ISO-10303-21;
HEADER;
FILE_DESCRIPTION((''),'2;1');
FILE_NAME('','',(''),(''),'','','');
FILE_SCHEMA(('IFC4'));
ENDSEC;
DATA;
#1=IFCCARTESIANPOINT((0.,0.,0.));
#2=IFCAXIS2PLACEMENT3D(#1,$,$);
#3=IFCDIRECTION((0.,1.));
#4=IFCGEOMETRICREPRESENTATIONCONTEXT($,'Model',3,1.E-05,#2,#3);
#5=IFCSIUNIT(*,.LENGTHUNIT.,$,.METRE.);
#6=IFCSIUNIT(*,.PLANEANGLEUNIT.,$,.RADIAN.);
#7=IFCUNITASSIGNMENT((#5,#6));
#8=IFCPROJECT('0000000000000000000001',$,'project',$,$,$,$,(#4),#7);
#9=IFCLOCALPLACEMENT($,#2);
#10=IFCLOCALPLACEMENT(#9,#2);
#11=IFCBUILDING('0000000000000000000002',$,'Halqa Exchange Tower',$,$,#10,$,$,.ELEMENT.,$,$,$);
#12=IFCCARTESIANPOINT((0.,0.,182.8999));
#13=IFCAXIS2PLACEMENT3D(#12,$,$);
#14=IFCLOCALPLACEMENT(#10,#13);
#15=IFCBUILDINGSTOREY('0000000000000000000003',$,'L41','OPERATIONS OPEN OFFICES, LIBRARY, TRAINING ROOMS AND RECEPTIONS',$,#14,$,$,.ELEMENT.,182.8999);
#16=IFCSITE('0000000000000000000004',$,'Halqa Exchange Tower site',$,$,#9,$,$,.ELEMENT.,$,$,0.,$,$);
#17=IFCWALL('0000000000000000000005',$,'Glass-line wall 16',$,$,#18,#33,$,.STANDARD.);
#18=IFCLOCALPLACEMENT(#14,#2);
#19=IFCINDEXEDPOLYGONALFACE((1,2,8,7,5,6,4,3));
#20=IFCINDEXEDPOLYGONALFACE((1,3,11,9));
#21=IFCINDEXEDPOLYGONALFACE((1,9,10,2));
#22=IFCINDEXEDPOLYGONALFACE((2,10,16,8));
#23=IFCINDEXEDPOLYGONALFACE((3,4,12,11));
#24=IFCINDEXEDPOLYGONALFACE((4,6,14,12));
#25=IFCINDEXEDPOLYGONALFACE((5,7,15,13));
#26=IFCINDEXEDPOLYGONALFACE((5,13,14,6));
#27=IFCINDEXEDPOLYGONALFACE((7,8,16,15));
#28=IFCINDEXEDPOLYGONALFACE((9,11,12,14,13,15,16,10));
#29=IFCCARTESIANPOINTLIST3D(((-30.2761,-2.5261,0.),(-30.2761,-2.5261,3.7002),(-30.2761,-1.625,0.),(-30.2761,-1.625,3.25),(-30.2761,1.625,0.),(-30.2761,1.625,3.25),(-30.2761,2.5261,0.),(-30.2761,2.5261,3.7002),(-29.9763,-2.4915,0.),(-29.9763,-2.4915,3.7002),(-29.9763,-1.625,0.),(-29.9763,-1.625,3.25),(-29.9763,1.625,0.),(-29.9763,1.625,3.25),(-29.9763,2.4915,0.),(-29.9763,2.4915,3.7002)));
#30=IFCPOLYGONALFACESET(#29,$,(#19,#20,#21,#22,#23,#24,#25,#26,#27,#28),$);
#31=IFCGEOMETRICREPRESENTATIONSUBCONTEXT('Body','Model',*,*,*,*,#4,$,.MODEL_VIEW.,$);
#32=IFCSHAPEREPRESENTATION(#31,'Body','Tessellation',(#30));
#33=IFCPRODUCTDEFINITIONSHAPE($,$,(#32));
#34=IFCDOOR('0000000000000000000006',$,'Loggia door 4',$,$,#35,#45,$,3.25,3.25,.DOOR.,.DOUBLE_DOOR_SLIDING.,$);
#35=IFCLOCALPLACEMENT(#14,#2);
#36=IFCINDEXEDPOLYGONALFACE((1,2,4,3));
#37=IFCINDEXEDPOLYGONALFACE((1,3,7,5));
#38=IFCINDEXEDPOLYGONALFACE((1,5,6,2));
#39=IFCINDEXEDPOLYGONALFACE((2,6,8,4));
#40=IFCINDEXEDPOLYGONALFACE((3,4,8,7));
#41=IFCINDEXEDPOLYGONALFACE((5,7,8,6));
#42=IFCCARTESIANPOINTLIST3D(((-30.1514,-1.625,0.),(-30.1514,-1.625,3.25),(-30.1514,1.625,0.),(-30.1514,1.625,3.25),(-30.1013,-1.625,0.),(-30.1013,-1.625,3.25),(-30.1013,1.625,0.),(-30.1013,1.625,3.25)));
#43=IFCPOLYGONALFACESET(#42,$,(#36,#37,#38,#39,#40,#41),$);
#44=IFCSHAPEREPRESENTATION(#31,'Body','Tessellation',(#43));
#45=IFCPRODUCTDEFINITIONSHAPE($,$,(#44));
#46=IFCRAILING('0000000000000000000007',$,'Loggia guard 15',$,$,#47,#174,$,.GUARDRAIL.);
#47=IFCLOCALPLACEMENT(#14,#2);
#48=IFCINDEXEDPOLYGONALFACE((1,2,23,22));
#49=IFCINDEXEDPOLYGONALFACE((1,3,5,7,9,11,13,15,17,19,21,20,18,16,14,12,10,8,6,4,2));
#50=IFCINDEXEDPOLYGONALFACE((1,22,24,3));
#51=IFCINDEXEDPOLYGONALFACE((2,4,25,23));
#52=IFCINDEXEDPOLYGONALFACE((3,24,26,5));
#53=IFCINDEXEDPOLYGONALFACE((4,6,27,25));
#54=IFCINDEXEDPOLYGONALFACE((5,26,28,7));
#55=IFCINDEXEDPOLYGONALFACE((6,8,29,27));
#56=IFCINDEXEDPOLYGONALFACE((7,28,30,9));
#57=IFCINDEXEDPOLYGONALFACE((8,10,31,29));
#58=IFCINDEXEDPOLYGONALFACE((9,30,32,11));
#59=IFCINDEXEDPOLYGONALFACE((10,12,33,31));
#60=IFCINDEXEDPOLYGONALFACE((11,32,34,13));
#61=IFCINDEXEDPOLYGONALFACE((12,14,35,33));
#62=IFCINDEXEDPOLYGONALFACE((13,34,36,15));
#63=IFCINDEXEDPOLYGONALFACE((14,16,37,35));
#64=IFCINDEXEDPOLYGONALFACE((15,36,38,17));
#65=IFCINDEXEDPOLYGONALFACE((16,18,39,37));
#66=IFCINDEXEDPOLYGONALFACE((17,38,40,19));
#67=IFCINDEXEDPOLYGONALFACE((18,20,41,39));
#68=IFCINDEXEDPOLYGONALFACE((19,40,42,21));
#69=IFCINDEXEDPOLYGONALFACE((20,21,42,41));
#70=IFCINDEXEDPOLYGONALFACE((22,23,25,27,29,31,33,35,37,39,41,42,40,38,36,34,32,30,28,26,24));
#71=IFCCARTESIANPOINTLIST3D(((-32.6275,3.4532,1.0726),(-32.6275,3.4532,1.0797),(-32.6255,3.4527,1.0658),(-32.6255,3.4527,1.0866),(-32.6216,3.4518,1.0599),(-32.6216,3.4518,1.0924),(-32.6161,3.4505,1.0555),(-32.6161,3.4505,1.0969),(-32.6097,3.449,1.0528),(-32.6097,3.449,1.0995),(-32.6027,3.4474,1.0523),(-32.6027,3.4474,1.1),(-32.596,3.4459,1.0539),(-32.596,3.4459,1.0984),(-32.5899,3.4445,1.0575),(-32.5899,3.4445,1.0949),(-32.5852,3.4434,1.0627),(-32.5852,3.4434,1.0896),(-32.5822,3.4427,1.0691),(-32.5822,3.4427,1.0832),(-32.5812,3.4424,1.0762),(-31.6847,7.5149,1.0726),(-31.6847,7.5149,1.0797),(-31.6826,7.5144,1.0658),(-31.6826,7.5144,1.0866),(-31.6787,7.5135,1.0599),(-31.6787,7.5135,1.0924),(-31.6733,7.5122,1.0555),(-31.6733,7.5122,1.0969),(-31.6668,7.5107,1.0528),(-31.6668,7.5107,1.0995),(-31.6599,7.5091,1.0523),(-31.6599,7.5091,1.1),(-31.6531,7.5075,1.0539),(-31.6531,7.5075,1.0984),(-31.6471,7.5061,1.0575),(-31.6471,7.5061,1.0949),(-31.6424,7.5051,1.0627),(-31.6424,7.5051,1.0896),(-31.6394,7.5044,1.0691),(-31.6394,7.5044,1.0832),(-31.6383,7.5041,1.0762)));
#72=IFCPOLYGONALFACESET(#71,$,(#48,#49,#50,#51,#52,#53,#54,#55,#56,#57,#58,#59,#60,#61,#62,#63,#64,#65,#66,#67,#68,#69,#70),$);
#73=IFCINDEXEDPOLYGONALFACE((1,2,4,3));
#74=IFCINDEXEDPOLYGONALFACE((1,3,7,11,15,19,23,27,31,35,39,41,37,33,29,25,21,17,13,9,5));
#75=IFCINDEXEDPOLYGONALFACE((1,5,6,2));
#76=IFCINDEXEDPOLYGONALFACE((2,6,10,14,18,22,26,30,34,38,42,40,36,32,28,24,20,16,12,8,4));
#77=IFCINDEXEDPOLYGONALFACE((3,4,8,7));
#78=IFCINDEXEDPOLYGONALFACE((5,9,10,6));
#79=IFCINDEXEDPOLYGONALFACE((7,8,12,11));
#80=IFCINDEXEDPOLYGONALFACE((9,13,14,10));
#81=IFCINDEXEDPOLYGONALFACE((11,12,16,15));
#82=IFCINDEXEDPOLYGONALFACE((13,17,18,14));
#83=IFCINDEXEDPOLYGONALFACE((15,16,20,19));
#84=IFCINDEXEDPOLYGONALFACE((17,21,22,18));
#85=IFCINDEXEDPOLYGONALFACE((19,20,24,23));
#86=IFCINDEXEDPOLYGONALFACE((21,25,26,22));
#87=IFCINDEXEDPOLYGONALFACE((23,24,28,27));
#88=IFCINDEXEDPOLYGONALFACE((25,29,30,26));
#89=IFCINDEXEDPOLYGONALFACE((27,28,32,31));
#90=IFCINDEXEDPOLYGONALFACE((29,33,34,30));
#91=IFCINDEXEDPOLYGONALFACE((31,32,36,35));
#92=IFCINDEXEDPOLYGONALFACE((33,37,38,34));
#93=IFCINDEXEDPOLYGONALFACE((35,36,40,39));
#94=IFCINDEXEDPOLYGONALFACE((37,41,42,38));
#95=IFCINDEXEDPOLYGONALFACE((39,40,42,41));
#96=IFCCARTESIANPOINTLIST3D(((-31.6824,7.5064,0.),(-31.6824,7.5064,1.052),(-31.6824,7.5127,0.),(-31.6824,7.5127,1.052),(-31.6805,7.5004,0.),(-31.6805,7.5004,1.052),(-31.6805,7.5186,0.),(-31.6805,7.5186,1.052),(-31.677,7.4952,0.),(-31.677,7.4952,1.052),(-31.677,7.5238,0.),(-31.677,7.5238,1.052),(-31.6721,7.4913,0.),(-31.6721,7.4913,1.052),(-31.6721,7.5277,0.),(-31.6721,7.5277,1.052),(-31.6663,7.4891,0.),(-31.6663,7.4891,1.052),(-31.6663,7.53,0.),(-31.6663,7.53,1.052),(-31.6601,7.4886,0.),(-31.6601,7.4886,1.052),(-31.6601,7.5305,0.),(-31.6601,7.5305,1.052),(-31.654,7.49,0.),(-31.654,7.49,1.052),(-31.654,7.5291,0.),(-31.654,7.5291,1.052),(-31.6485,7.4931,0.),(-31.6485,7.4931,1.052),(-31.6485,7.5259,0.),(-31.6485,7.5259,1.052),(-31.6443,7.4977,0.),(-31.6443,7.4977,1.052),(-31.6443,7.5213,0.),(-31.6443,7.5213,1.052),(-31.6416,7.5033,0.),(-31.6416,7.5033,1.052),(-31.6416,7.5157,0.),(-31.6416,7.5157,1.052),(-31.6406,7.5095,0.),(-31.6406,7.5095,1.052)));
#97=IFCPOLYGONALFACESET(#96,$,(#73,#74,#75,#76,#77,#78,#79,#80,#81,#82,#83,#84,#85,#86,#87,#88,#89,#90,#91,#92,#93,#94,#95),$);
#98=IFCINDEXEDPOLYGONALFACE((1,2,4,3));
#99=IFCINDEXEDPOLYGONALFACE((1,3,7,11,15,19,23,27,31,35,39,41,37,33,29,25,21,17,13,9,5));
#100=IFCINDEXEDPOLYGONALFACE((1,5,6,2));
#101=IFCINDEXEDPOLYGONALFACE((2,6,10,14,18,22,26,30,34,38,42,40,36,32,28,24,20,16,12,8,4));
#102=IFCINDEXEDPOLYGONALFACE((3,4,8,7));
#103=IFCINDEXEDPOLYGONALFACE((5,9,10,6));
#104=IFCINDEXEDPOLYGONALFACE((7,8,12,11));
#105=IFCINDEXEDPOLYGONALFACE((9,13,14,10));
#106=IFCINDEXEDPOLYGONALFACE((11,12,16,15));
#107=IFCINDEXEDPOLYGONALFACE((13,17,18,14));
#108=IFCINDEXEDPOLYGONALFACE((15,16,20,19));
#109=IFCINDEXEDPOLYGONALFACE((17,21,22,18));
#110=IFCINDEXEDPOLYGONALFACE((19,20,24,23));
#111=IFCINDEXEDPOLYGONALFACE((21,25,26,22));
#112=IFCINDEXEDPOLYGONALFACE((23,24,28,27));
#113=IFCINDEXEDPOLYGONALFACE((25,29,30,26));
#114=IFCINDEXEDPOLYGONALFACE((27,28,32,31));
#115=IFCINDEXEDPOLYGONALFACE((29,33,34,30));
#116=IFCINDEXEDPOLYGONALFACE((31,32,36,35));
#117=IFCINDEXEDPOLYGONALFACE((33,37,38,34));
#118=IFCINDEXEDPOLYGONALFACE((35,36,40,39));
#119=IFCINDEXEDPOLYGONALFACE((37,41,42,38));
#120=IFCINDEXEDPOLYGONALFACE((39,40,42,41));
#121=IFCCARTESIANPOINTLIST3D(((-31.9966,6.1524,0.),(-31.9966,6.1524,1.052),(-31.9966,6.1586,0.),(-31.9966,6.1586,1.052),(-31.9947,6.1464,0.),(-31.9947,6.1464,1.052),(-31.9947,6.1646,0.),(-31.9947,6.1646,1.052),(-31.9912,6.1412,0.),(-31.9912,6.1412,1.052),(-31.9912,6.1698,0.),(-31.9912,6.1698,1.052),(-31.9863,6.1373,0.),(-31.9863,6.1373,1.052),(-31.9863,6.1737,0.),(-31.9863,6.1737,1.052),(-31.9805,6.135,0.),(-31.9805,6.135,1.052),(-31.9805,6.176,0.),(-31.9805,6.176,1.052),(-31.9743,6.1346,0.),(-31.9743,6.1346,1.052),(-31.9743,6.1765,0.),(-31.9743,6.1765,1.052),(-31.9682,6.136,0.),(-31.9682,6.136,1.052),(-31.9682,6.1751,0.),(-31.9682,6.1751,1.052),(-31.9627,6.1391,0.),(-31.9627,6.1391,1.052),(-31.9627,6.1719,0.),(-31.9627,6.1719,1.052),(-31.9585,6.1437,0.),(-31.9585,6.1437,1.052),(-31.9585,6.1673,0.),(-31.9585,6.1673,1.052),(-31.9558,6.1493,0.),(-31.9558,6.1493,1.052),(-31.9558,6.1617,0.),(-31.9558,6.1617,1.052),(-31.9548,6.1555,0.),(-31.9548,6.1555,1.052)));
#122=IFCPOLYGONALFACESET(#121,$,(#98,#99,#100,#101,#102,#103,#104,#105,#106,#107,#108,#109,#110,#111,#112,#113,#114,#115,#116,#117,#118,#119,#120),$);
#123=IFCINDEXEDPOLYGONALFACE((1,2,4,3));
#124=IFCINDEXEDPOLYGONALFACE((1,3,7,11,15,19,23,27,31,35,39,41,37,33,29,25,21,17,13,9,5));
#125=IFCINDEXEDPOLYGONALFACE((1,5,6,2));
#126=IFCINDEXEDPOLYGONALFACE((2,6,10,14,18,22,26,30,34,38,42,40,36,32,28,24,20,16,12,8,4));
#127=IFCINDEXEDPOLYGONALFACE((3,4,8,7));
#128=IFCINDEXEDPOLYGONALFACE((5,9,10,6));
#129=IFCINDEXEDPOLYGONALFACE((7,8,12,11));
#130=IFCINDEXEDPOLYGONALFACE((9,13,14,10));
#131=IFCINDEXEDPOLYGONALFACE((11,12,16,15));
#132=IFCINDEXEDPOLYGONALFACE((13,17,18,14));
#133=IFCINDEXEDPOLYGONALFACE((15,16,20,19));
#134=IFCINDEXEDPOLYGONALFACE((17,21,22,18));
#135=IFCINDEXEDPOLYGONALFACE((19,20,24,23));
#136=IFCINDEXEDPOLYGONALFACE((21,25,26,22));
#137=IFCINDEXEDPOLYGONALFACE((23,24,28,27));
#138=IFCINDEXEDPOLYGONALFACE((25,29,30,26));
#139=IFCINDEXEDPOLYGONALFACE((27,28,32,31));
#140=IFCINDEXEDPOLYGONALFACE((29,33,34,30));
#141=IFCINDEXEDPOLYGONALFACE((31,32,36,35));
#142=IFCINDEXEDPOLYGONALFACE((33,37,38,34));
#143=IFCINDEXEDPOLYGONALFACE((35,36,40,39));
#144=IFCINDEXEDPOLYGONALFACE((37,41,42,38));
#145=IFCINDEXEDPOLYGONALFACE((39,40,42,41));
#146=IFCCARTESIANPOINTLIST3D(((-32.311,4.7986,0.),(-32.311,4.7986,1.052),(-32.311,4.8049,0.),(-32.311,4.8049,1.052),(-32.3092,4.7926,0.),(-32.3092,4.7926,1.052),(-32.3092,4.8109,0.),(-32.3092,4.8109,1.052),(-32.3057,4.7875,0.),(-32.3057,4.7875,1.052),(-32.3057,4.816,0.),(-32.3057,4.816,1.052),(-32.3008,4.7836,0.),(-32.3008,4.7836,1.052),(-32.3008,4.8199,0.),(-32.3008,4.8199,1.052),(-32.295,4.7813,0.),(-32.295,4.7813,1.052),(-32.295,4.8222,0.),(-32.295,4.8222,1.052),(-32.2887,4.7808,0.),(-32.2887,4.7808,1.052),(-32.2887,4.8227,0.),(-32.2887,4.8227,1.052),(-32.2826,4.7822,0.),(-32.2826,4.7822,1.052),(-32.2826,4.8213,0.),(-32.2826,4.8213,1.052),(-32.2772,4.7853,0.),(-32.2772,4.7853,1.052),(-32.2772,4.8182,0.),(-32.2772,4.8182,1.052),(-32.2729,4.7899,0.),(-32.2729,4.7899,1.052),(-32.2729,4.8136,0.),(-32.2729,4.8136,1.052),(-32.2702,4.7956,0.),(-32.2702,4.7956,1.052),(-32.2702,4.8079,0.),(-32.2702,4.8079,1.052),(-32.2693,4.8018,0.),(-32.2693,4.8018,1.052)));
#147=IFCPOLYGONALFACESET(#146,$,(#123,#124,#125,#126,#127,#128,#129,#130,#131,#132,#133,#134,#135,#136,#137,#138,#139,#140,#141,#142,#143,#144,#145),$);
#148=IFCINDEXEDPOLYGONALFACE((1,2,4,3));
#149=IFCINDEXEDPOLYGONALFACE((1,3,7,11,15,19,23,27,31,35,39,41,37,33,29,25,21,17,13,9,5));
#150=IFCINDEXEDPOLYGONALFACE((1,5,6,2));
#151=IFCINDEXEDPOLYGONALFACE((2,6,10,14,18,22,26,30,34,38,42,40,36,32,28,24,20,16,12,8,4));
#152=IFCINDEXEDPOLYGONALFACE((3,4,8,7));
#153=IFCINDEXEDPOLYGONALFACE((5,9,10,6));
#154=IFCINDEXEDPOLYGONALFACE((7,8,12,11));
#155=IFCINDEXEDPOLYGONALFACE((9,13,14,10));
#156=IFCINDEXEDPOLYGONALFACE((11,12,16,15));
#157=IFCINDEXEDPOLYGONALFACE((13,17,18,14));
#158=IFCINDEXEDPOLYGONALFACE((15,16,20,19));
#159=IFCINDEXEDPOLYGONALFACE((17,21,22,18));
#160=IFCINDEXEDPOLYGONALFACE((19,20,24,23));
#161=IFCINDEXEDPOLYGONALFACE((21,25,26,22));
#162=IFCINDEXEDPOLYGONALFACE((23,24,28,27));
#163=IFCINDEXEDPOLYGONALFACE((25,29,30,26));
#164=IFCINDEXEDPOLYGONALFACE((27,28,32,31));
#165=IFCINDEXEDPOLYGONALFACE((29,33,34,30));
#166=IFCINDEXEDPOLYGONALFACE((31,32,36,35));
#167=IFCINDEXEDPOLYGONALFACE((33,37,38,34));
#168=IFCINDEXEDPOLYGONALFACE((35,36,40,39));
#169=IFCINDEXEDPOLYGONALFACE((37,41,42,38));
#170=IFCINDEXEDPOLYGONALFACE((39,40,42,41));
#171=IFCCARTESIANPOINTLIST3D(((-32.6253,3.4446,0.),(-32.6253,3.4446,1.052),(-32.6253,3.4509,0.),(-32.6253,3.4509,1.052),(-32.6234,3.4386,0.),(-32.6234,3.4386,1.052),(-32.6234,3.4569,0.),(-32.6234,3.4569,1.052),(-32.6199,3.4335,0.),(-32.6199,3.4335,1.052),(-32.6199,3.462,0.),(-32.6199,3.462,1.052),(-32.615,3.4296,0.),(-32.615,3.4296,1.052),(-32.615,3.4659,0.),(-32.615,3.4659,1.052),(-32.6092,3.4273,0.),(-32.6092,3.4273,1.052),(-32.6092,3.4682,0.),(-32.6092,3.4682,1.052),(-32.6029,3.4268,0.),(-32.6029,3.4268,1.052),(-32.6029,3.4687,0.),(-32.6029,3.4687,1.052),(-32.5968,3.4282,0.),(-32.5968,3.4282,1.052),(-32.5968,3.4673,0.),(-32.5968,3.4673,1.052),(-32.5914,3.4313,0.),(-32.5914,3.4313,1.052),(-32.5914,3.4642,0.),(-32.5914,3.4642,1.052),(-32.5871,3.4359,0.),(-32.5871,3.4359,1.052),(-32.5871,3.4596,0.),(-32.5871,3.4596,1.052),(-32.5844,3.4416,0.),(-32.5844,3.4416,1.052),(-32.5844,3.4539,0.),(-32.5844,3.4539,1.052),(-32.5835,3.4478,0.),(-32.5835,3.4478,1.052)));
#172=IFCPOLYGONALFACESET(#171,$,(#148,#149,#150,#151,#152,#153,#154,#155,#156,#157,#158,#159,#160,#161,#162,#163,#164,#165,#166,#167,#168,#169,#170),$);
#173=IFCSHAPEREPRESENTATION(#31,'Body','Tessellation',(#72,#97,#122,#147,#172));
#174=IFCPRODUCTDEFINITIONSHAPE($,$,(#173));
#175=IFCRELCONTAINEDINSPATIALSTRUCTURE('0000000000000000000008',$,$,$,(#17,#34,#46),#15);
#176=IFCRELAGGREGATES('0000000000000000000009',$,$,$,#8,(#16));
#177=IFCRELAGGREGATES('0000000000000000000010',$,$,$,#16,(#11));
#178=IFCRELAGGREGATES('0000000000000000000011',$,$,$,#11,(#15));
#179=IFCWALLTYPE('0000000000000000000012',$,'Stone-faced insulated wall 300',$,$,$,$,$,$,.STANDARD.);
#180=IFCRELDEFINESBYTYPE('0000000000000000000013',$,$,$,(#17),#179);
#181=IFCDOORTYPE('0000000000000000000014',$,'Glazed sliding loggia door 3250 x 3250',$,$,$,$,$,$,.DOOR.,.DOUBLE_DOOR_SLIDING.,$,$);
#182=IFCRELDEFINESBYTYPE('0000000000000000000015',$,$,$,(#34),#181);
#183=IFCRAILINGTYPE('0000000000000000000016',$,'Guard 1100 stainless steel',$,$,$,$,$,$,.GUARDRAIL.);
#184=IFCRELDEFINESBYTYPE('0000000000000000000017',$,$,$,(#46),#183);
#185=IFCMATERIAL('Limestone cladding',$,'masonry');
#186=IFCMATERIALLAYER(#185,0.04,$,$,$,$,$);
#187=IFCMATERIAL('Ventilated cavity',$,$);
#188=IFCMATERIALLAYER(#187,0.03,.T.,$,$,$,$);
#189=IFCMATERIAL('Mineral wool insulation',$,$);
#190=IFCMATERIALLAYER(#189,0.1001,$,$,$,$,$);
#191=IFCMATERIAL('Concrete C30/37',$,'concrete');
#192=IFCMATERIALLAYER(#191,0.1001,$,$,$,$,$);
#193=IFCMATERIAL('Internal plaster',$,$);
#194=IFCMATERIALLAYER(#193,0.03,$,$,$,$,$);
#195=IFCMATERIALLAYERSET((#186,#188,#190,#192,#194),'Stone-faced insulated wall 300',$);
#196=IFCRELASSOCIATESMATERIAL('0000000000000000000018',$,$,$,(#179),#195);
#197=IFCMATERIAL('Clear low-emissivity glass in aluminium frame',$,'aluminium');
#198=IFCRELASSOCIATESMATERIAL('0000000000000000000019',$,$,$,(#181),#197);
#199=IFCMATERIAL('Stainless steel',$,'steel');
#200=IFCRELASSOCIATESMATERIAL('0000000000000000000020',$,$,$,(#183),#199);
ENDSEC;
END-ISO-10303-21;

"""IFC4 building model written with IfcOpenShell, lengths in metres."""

from ifc_helpers import new_model, si_unit, direction, frame, frame_2d, origin, origin_2d, place, context, subcontext, project, spatial, polyline, rectangle, circle, outline, extrude, material, layer, layer_set, type_object, element, fill, save


model = new_model("IFC4")

# Units and contexts
model_context = context("Model", 3, precision=1e-05, world=origin(), true_north=direction((0.0, 1.0)))
body_context = subcontext(model_context, "Body", "Model", "MODEL_VIEW")
ifc_project = project(units=[si_unit("LENGTHUNIT", "METRE"), si_unit("PLANEANGLEUNIT", "RADIAN")], contexts=[model_context])

# Site, building, storey
site_placement = place(None, origin())
site = spatial("IfcSite", under=ifc_project, at=site_placement, Name="Halqa Exchange Tower site", CompositionType="ELEMENT", RefElevation=0.0)
building_placement = place(site_placement, origin())
building = spatial("IfcBuilding", under=site, at=building_placement, Name="Halqa Exchange Tower", CompositionType="ELEMENT")
storey_placement = place(building_placement, frame((0.0, 0.0, 182.8999)))
storey = spatial("IfcBuildingStorey", under=building, at=storey_placement, Name="L41", Description="OPERATIONS OPEN OFFICES, LIBRARY, TRAINING ROOMS AND RECEPTIONS", CompositionType="ELEMENT", Elevation=182.8999)

# Shared definitions
ifc_material_1 = material(Name="Limestone cladding", Category="masonry")
ifc_layer_1 = layer(ifc_material_1, 0.04)
ifc_material_2 = material(Name="Ventilated cavity")
ifc_layer_2 = layer(ifc_material_2, 0.03, ventilated=True)
ifc_material_3 = material(Name="Mineral wool insulation")
ifc_layer_3 = layer(ifc_material_3, 0.1001)
ifc_material_4 = material(Name="Concrete C30/37", Category="concrete")
ifc_layer_4 = layer(ifc_material_4, 0.1001)
ifc_material_5 = material(Name="Internal plaster")
ifc_layer_5 = layer(ifc_material_5, 0.03)
ifc_layer_set_1 = layer_set([ifc_layer_1, ifc_layer_2, ifc_layer_3, ifc_layer_4, ifc_layer_5], Name="Stone-faced insulated wall 300")
wall_type_1 = type_object("IfcWallType", Name="Stone-faced insulated wall 300", PredefinedType="STANDARD", material=ifc_layer_set_1)
ifc_material_6 = material(Name="Clear low-emissivity glass in aluminium frame", Category="aluminium")

# Wall, opening, door
wall_1_placement = place(storey_placement, frame((-30.1262, 2.5088, 0.0), z_axis=(0.0, 0.0, 1.0), x_axis=(0.0, -1.0, 0.0)))
wall_1 = element("IfcWall", 1, at=wall_1_placement, inside=storey, type_object=wall_type_1, Name="Glass-line wall 16", PredefinedType="STANDARD", context=body_context, shape_type="SweptSolid", body=[
    extrude(outline(polyline([(-0.0173, -0.1499), (5.0349, -0.1499), (5.0002, 0.1499), (0.0173, 0.1499), (-0.0173, -0.1499)])), origin(), (0.0, 0.0, 1.0), 3.7002),
])
opening_1_placement = place(wall_1_placement, frame((0.8838, 0.0, 0.0)))
opening_1 = element("IfcOpeningElement", 2, at=opening_1_placement, cuts=wall_1, PredefinedType="OPENING", context=body_context, shape_type="SweptSolid", body=[
    extrude(rectangle(XDim=3.25, YDim=3.25, at=frame_2d((1.625, 1.625))), frame((0.0, 0.1621, 0.0), z_axis=(0.0, -1.0, 0.0), x_axis=(1.0, 0.0, 0.0)), (0.0, 0.0, 1.0), 0.324),
])
door_type_1 = type_object("IfcDoorType", Name="Glazed sliding loggia door 3250 x 3250", OperationType="DOUBLE_DOOR_SLIDING", PredefinedType="DOOR", material=ifc_material_6)
door_1_placement = place(opening_1_placement, origin())
door_1 = element("IfcDoor", 3, at=door_1_placement, inside=storey, type_object=door_type_1, Name="Loggia door 4", OperationType="DOUBLE_DOOR_SLIDING", OverallHeight=3.25, OverallWidth=3.25, PredefinedType="DOOR", context=body_context, shape_type="SweptSolid", body=[
    extrude(rectangle(XDim=3.25, YDim=3.25, at=frame_2d((1.625, 1.625))), frame((0.0, 0.0249, 0.0), z_axis=(0.0, -1.0, 0.0), x_axis=(1.0, 0.0, 0.0)), (0.0, 0.0, 1.0), 0.05),
])
fill(opening_1, door_1)

# Railing
ifc_material_7 = material(Name="Stainless steel", Category="steel")
railing_type = type_object("IfcRailingType", Name="Guard 1100 stainless steel", PredefinedType="GUARDRAIL", material=ifc_material_7)
railing_1_placement = place(storey_placement, frame((-31.6616, 7.5095, 0.0)))
element("IfcRailing", 4, at=railing_1_placement, inside=storey, type_object=railing_type, Name="Loggia guard 15", PredefinedType="GUARDRAIL", context=body_context, shape_type="SweptSolid", body=[
    extrude(circle(Radius=0.0239, at=origin_2d()), frame((0.0, 0.0, 1.0762), z_axis=(-0.226121, -0.974099, 0.0), x_axis=(0.974099, -0.226121, 0.0)), (0.0, 0.0, 1.0), 4.1697),
    extrude(circle(Radius=0.021, at=origin_2d()), origin(), (0.0, 0.0, 1.0), 1.052),
    extrude(circle(Radius=0.021, at=origin_2d()), frame((-0.3142, -1.354, 0.0)), (0.0, 0.0, 1.0), 1.052),
    extrude(circle(Radius=0.021, at=origin_2d()), frame((-0.6287, -2.7078, 0.0)), (0.0, 0.0, 1.0), 1.052),
    extrude(circle(Radius=0.021, at=origin_2d()), frame((-0.9429, -4.0618, 0.0)), (0.0, 0.0, 1.0), 1.052),
])

save(model, "model.ifc")
